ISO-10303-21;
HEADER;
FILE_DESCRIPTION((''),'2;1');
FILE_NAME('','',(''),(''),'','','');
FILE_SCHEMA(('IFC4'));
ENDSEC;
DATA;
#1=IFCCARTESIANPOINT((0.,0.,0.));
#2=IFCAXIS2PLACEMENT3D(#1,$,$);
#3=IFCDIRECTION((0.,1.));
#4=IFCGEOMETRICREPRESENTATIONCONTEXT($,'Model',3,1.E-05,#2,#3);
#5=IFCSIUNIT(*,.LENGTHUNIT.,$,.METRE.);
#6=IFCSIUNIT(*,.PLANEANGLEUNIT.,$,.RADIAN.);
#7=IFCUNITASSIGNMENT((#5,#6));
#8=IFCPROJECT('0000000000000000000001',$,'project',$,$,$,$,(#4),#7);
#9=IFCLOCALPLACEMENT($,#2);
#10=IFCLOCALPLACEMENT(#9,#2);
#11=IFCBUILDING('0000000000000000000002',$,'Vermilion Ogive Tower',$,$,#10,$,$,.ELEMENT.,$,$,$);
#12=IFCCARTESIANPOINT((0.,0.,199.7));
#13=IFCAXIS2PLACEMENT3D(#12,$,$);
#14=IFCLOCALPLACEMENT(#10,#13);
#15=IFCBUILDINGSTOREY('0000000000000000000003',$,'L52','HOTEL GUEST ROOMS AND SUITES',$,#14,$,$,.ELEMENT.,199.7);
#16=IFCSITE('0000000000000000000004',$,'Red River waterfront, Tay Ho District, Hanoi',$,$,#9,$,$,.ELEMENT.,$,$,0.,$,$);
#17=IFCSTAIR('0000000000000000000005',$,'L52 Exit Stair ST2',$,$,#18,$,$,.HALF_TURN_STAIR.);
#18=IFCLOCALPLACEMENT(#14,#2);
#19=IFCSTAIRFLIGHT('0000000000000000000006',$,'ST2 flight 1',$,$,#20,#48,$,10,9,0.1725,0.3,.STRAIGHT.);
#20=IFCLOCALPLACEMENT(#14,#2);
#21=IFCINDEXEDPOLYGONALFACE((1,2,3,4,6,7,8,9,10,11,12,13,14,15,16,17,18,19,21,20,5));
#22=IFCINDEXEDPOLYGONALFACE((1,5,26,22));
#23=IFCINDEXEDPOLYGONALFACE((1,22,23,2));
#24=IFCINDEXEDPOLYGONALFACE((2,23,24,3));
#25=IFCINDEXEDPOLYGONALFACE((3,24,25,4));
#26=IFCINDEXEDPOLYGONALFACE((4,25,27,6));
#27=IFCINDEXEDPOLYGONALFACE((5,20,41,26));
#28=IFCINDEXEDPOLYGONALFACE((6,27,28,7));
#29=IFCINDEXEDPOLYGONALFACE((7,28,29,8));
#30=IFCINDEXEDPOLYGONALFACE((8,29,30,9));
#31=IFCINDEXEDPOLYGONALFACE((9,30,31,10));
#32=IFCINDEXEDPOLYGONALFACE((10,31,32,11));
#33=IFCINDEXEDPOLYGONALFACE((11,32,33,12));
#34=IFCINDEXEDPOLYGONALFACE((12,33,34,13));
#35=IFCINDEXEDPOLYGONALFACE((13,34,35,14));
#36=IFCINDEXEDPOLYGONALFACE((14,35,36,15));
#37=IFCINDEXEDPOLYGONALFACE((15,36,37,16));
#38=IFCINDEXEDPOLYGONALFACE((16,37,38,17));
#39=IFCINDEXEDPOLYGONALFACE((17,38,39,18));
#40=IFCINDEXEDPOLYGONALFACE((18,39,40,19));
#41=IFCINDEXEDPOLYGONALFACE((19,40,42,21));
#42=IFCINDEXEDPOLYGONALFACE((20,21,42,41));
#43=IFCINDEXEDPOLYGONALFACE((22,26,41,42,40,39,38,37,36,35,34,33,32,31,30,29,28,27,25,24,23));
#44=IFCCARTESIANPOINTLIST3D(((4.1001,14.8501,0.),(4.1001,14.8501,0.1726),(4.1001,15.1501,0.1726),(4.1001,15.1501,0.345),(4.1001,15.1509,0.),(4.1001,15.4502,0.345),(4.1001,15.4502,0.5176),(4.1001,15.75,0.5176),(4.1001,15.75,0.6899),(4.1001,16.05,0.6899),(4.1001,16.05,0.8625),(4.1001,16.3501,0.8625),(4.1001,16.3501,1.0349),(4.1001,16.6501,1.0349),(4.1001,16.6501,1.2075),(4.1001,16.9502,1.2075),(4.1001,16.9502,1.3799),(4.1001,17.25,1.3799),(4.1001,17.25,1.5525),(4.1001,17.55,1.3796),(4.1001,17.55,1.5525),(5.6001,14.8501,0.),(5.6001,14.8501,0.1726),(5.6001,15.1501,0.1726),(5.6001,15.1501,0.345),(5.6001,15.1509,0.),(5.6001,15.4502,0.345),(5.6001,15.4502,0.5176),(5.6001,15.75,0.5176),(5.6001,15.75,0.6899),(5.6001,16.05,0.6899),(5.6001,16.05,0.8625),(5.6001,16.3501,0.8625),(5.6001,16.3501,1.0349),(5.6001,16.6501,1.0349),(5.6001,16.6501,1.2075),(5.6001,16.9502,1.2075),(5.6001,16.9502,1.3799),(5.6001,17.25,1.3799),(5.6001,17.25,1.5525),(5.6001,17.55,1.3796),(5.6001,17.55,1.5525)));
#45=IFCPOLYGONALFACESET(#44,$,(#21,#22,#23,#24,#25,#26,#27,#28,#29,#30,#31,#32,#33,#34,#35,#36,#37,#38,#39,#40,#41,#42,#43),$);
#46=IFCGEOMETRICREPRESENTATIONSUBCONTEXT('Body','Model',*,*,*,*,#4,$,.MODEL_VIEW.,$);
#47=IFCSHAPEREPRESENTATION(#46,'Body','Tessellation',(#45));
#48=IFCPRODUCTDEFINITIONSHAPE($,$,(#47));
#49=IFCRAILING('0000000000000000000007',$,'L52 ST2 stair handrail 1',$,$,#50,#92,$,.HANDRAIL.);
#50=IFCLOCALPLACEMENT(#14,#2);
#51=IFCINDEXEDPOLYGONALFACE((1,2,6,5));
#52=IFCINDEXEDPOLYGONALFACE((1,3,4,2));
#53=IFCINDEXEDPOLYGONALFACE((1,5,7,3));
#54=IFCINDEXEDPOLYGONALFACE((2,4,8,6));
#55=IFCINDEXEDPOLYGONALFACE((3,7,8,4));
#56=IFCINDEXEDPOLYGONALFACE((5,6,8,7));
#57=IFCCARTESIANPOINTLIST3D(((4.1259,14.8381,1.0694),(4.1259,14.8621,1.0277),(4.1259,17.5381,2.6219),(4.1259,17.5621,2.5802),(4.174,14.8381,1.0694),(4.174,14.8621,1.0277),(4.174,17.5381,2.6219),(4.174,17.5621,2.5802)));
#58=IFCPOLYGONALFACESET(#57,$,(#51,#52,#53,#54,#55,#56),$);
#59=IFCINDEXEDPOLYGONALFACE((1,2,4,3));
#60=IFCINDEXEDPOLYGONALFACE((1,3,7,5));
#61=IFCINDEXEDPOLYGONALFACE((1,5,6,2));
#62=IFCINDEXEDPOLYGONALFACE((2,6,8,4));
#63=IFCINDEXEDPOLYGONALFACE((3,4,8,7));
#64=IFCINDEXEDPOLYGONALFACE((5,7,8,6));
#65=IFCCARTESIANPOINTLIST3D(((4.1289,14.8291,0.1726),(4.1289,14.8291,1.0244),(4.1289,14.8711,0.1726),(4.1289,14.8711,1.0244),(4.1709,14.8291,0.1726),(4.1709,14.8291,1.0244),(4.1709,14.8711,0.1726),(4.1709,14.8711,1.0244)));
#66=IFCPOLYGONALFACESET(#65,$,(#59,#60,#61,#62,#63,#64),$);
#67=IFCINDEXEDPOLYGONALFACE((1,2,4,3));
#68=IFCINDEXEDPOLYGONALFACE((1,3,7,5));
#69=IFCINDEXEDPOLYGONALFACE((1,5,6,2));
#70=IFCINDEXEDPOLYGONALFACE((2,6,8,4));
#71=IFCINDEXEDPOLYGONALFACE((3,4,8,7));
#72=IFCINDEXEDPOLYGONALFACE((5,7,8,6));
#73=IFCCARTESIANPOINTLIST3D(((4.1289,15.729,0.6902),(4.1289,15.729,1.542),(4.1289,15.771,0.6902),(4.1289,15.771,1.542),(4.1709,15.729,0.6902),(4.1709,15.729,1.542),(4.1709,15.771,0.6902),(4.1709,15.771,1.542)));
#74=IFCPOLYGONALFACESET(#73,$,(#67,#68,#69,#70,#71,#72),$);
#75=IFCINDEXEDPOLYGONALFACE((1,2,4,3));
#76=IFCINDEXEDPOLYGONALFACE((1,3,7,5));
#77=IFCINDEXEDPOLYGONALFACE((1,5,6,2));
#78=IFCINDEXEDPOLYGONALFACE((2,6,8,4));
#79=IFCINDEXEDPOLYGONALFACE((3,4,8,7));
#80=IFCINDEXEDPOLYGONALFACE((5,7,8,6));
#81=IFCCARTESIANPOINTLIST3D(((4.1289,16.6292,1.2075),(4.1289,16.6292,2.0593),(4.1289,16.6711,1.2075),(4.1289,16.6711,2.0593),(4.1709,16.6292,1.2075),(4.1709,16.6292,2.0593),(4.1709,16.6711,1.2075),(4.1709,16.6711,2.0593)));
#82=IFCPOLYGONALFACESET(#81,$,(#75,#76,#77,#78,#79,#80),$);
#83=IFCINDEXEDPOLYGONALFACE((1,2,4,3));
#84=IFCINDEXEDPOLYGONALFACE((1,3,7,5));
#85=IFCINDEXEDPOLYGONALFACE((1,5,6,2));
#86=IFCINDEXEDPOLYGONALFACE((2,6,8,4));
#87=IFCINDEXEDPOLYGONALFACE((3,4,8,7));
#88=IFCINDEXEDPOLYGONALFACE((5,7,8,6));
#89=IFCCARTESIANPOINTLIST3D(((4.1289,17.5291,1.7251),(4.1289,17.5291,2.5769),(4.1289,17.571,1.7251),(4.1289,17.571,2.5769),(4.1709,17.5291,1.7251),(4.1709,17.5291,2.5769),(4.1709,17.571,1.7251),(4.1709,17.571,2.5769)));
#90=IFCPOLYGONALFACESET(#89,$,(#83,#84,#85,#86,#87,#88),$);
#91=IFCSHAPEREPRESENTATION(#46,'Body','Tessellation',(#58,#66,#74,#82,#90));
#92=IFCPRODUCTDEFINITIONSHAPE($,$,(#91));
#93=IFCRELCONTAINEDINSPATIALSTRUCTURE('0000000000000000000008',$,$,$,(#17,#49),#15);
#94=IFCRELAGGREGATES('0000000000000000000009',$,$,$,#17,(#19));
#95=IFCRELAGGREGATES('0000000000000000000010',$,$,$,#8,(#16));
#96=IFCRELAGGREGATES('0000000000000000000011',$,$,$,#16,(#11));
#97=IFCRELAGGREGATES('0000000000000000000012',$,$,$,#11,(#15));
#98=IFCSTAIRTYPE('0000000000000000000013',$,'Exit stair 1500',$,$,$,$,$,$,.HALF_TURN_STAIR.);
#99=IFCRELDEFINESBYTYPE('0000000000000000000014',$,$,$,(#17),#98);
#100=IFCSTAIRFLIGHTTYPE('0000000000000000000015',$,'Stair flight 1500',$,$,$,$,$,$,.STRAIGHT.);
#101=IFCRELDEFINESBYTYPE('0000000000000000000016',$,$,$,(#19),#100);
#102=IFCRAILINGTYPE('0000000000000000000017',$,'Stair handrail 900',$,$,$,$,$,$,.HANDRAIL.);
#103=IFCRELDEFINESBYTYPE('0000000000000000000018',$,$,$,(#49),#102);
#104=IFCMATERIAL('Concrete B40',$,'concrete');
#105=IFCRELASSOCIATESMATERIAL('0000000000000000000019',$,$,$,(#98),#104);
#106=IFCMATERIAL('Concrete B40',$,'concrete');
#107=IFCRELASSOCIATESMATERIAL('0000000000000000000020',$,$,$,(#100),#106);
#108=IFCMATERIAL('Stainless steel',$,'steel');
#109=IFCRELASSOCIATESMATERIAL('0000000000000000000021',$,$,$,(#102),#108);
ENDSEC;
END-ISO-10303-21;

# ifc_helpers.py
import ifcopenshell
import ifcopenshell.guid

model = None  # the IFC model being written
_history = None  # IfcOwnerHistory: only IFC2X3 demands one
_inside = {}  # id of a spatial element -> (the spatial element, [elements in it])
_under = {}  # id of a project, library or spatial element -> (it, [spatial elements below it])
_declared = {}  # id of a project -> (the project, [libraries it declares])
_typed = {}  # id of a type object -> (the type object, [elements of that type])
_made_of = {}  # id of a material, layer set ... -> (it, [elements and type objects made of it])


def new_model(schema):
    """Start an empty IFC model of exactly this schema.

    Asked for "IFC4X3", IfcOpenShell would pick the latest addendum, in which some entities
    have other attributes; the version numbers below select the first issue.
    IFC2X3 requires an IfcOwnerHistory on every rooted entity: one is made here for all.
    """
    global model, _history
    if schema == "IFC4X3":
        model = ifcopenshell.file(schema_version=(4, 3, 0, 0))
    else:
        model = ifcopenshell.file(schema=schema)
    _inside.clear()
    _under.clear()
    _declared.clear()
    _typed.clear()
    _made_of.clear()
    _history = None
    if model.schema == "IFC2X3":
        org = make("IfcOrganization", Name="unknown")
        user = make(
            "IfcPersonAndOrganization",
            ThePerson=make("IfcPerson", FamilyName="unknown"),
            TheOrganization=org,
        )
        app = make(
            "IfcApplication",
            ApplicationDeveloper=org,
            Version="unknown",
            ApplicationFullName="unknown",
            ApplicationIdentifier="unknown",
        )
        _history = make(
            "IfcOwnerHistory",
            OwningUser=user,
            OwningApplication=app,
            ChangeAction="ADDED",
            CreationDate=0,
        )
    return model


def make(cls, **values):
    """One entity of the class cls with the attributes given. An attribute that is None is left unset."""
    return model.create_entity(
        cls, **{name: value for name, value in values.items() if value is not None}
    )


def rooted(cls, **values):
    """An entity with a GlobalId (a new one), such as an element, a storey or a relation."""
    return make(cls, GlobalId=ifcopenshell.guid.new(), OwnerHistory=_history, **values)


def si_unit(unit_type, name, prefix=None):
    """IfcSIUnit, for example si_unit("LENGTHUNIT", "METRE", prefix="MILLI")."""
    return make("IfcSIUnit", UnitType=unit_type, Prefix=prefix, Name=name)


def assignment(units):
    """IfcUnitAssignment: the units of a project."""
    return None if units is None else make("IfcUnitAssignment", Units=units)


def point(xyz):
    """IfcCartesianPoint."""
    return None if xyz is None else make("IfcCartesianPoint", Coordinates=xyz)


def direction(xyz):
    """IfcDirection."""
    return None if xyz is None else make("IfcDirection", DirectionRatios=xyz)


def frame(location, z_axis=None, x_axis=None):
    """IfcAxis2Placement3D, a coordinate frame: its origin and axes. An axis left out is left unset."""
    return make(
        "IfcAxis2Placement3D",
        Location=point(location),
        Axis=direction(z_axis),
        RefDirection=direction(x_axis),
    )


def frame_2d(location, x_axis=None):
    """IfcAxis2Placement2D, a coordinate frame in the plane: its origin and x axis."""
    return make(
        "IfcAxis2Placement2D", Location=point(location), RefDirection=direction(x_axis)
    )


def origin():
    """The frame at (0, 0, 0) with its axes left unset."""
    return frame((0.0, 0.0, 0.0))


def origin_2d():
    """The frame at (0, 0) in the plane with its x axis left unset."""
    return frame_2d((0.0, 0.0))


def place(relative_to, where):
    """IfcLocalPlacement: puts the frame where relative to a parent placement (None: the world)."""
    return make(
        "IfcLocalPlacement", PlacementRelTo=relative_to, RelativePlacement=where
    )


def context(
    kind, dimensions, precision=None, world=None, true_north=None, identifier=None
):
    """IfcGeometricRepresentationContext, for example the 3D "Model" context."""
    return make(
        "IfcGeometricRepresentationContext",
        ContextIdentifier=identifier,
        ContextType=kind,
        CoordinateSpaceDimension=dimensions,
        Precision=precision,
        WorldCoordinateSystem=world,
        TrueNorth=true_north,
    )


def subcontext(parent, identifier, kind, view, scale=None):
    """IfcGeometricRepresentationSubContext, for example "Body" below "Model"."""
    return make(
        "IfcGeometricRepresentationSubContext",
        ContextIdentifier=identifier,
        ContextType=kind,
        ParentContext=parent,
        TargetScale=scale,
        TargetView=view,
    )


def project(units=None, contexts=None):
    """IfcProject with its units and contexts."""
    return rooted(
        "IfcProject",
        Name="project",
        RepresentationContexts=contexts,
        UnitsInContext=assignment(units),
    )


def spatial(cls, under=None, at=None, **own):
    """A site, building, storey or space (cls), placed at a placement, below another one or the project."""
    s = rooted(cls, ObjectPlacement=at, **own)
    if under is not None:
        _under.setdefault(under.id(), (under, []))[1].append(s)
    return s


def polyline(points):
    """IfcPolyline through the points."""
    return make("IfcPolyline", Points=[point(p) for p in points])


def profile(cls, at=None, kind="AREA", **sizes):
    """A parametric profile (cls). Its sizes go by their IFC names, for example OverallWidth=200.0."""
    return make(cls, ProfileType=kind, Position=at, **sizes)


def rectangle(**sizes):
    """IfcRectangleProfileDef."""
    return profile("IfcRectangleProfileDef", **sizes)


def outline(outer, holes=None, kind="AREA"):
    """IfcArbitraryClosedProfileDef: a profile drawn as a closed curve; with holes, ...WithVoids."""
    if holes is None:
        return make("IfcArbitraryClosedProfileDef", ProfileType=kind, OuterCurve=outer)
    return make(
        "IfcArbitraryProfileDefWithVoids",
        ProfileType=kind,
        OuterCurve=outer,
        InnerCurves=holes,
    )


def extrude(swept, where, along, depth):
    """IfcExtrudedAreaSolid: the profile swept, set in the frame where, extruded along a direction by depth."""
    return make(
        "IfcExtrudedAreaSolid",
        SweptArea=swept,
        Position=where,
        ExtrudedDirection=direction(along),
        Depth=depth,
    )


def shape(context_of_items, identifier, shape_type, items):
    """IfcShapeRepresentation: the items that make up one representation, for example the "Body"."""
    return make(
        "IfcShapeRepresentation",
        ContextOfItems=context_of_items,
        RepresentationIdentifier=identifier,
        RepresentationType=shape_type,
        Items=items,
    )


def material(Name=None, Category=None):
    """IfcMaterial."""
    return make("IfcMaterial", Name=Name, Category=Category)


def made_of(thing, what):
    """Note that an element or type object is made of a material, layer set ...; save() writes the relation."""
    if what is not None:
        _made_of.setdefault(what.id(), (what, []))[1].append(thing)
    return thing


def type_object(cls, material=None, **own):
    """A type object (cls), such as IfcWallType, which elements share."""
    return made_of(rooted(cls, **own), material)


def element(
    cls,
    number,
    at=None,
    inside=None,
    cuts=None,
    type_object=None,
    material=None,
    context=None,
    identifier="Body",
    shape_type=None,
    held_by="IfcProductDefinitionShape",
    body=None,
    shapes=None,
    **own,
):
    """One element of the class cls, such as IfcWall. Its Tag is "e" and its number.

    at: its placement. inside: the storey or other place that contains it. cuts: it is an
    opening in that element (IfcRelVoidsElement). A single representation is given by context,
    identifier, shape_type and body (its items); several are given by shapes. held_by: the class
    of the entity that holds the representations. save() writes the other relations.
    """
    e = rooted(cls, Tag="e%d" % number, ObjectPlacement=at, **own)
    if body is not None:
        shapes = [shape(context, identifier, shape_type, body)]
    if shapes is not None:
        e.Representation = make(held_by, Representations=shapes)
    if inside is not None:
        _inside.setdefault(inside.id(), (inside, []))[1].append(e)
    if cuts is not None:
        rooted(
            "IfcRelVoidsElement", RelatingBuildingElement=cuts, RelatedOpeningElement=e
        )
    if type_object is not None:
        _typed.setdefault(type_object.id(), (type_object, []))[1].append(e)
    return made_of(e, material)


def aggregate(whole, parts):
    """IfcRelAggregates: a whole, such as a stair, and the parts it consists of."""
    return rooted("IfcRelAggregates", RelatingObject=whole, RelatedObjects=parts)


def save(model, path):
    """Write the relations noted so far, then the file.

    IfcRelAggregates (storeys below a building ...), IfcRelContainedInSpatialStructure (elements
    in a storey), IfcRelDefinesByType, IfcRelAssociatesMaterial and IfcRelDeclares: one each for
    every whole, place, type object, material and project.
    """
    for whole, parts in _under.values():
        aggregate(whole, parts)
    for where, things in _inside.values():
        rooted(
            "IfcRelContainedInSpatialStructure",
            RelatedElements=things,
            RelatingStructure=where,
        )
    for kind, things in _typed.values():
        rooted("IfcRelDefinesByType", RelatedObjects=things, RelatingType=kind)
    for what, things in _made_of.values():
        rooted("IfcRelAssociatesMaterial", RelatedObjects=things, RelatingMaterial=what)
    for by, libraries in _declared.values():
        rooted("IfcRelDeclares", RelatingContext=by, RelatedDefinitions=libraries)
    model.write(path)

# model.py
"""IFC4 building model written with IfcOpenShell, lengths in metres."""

from ifc_helpers import new_model, si_unit, direction, frame, origin, origin_2d, place, context, subcontext, project, spatial, polyline, rectangle, outline, extrude, material, type_object, element, aggregate, save


model = new_model("IFC4")

# Units and contexts
model_context = context("Model", 3, precision=1e-05, world=origin(), true_north=direction((0.0, 1.0)))
body_context = subcontext(model_context, "Body", "Model", "MODEL_VIEW")
ifc_project = project(units=[si_unit("LENGTHUNIT", "METRE"), si_unit("PLANEANGLEUNIT", "RADIAN")], contexts=[model_context])

# Site, building, storey
site_placement = place(None, origin())
site = spatial("IfcSite", under=ifc_project, at=site_placement, Name="Red River waterfront, Tay Ho District, Hanoi", CompositionType="ELEMENT", RefElevation=0.0)
building_placement = place(site_placement, origin())
building = spatial("IfcBuilding", under=site, at=building_placement, Name="Vermilion Ogive Tower", CompositionType="ELEMENT")
storey_placement = place(building_placement, frame((0.0, 0.0, 199.7)))
storey = spatial("IfcBuildingStorey", under=building, at=storey_placement, Name="L52", Description="HOTEL GUEST ROOMS AND SUITES", CompositionType="ELEMENT", Elevation=199.7)

# Shared definitions
ifc_material_1 = material(Name="Concrete B40", Category="concrete")
stair_type = type_object("IfcStairType", Name="Exit stair 1500", PredefinedType="HALF_TURN_STAIR", material=ifc_material_1)

# Stair, stair flight
stair_1_placement = place(storey_placement, origin())
stair_1 = element("IfcStair", 1, at=stair_1_placement, inside=storey, type_object=stair_type, Name="L52 Exit Stair ST2", PredefinedType="HALF_TURN_STAIR")
ifc_material_2 = material(Name="Concrete B40", Category="concrete")
stair_flight_type = type_object("IfcStairFlightType", Name="Stair flight 1500", PredefinedType="STRAIGHT", material=ifc_material_2)
stair_flight_placement = place(storey_placement, frame((4.8501, 14.8501, 0.0), z_axis=(0.0, 0.0, 1.0), x_axis=(0.0, 1.0, 0.0)))
stair_flight = element("IfcStairFlight", 2, at=stair_flight_placement, type_object=stair_flight_type, Name="ST2 flight 1", NumberOfRisers=10, NumberOfTreads=9, PredefinedType="STRAIGHT", RiserHeight=0.1725, TreadLength=0.3, context=body_context, shape_type="SweptSolid", body=[
    extrude(outline(polyline([(0.0, 0.0), (0.0, 0.1726), (0.3, 0.1726), (0.3, 0.345), (0.6001, 0.345), (0.6001, 0.5176), (0.8999, 0.5176), (0.8999, 0.6899), (1.2, 0.6899), (1.2, 0.8625), (1.5, 0.8625), (1.5, 1.0349), (1.8, 1.0349), (1.8, 1.2075), (2.1001, 1.2075), (2.1001, 1.3799), (2.3999, 1.3799), (2.3999, 1.5525), (2.7, 1.5525), (2.7, 1.7251), (2.7, 1.3796), (0.3008, 0.0), (0.0, 0.0)])), frame((0.0, 0.75, 0.0), z_axis=(0.0, -1.0, 0.0), x_axis=(1.0, 0.0, 0.0)), (0.0, 0.0, 1.0), 1.5),
])
aggregate(stair_1, [stair_flight])

# Railing
ifc_material_3 = material(Name="Stainless steel", Category="steel")
railing_type = type_object("IfcRailingType", Name="Stair handrail 900", PredefinedType="HANDRAIL", material=ifc_material_3)
railing_placement = place(storey_placement, frame((4.1499, 14.8501, 0.1726)))
element("IfcRailing", 3, at=railing_placement, inside=storey, type_object=railing_type, Name="L52 ST2 stair handrail 1", PredefinedType="HANDRAIL", context=body_context, shape_type="SweptSolid", body=[
    extrude(rectangle(XDim=0.0481, YDim=0.0481, at=origin_2d()), frame((0.0, 0.0, 0.876), z_axis=(0.0, 0.866904, 0.498476), x_axis=(-1.0, 0.0, 0.0)), (0.0, 0.0, 1.0), 3.1145),
    extrude(rectangle(XDim=0.042, YDim=0.042, at=origin_2d()), origin(), (0.0, 0.0, 1.0), 0.8518),
    extrude(rectangle(XDim=0.042, YDim=0.042, at=origin_2d()), frame((0.0, 0.8999, 0.5176)), (0.0, 0.0, 1.0), 0.8518),
    extrude(rectangle(XDim=0.042, YDim=0.042, at=origin_2d()), frame((0.0, 1.8, 1.0349)), (0.0, 0.0, 1.0), 0.8518),
    extrude(rectangle(XDim=0.042, YDim=0.042, at=origin_2d()), frame((0.0, 2.7, 1.5525)), (0.0, 0.0, 1.0), 0.8518),
])

save(model, "model.ifc")
